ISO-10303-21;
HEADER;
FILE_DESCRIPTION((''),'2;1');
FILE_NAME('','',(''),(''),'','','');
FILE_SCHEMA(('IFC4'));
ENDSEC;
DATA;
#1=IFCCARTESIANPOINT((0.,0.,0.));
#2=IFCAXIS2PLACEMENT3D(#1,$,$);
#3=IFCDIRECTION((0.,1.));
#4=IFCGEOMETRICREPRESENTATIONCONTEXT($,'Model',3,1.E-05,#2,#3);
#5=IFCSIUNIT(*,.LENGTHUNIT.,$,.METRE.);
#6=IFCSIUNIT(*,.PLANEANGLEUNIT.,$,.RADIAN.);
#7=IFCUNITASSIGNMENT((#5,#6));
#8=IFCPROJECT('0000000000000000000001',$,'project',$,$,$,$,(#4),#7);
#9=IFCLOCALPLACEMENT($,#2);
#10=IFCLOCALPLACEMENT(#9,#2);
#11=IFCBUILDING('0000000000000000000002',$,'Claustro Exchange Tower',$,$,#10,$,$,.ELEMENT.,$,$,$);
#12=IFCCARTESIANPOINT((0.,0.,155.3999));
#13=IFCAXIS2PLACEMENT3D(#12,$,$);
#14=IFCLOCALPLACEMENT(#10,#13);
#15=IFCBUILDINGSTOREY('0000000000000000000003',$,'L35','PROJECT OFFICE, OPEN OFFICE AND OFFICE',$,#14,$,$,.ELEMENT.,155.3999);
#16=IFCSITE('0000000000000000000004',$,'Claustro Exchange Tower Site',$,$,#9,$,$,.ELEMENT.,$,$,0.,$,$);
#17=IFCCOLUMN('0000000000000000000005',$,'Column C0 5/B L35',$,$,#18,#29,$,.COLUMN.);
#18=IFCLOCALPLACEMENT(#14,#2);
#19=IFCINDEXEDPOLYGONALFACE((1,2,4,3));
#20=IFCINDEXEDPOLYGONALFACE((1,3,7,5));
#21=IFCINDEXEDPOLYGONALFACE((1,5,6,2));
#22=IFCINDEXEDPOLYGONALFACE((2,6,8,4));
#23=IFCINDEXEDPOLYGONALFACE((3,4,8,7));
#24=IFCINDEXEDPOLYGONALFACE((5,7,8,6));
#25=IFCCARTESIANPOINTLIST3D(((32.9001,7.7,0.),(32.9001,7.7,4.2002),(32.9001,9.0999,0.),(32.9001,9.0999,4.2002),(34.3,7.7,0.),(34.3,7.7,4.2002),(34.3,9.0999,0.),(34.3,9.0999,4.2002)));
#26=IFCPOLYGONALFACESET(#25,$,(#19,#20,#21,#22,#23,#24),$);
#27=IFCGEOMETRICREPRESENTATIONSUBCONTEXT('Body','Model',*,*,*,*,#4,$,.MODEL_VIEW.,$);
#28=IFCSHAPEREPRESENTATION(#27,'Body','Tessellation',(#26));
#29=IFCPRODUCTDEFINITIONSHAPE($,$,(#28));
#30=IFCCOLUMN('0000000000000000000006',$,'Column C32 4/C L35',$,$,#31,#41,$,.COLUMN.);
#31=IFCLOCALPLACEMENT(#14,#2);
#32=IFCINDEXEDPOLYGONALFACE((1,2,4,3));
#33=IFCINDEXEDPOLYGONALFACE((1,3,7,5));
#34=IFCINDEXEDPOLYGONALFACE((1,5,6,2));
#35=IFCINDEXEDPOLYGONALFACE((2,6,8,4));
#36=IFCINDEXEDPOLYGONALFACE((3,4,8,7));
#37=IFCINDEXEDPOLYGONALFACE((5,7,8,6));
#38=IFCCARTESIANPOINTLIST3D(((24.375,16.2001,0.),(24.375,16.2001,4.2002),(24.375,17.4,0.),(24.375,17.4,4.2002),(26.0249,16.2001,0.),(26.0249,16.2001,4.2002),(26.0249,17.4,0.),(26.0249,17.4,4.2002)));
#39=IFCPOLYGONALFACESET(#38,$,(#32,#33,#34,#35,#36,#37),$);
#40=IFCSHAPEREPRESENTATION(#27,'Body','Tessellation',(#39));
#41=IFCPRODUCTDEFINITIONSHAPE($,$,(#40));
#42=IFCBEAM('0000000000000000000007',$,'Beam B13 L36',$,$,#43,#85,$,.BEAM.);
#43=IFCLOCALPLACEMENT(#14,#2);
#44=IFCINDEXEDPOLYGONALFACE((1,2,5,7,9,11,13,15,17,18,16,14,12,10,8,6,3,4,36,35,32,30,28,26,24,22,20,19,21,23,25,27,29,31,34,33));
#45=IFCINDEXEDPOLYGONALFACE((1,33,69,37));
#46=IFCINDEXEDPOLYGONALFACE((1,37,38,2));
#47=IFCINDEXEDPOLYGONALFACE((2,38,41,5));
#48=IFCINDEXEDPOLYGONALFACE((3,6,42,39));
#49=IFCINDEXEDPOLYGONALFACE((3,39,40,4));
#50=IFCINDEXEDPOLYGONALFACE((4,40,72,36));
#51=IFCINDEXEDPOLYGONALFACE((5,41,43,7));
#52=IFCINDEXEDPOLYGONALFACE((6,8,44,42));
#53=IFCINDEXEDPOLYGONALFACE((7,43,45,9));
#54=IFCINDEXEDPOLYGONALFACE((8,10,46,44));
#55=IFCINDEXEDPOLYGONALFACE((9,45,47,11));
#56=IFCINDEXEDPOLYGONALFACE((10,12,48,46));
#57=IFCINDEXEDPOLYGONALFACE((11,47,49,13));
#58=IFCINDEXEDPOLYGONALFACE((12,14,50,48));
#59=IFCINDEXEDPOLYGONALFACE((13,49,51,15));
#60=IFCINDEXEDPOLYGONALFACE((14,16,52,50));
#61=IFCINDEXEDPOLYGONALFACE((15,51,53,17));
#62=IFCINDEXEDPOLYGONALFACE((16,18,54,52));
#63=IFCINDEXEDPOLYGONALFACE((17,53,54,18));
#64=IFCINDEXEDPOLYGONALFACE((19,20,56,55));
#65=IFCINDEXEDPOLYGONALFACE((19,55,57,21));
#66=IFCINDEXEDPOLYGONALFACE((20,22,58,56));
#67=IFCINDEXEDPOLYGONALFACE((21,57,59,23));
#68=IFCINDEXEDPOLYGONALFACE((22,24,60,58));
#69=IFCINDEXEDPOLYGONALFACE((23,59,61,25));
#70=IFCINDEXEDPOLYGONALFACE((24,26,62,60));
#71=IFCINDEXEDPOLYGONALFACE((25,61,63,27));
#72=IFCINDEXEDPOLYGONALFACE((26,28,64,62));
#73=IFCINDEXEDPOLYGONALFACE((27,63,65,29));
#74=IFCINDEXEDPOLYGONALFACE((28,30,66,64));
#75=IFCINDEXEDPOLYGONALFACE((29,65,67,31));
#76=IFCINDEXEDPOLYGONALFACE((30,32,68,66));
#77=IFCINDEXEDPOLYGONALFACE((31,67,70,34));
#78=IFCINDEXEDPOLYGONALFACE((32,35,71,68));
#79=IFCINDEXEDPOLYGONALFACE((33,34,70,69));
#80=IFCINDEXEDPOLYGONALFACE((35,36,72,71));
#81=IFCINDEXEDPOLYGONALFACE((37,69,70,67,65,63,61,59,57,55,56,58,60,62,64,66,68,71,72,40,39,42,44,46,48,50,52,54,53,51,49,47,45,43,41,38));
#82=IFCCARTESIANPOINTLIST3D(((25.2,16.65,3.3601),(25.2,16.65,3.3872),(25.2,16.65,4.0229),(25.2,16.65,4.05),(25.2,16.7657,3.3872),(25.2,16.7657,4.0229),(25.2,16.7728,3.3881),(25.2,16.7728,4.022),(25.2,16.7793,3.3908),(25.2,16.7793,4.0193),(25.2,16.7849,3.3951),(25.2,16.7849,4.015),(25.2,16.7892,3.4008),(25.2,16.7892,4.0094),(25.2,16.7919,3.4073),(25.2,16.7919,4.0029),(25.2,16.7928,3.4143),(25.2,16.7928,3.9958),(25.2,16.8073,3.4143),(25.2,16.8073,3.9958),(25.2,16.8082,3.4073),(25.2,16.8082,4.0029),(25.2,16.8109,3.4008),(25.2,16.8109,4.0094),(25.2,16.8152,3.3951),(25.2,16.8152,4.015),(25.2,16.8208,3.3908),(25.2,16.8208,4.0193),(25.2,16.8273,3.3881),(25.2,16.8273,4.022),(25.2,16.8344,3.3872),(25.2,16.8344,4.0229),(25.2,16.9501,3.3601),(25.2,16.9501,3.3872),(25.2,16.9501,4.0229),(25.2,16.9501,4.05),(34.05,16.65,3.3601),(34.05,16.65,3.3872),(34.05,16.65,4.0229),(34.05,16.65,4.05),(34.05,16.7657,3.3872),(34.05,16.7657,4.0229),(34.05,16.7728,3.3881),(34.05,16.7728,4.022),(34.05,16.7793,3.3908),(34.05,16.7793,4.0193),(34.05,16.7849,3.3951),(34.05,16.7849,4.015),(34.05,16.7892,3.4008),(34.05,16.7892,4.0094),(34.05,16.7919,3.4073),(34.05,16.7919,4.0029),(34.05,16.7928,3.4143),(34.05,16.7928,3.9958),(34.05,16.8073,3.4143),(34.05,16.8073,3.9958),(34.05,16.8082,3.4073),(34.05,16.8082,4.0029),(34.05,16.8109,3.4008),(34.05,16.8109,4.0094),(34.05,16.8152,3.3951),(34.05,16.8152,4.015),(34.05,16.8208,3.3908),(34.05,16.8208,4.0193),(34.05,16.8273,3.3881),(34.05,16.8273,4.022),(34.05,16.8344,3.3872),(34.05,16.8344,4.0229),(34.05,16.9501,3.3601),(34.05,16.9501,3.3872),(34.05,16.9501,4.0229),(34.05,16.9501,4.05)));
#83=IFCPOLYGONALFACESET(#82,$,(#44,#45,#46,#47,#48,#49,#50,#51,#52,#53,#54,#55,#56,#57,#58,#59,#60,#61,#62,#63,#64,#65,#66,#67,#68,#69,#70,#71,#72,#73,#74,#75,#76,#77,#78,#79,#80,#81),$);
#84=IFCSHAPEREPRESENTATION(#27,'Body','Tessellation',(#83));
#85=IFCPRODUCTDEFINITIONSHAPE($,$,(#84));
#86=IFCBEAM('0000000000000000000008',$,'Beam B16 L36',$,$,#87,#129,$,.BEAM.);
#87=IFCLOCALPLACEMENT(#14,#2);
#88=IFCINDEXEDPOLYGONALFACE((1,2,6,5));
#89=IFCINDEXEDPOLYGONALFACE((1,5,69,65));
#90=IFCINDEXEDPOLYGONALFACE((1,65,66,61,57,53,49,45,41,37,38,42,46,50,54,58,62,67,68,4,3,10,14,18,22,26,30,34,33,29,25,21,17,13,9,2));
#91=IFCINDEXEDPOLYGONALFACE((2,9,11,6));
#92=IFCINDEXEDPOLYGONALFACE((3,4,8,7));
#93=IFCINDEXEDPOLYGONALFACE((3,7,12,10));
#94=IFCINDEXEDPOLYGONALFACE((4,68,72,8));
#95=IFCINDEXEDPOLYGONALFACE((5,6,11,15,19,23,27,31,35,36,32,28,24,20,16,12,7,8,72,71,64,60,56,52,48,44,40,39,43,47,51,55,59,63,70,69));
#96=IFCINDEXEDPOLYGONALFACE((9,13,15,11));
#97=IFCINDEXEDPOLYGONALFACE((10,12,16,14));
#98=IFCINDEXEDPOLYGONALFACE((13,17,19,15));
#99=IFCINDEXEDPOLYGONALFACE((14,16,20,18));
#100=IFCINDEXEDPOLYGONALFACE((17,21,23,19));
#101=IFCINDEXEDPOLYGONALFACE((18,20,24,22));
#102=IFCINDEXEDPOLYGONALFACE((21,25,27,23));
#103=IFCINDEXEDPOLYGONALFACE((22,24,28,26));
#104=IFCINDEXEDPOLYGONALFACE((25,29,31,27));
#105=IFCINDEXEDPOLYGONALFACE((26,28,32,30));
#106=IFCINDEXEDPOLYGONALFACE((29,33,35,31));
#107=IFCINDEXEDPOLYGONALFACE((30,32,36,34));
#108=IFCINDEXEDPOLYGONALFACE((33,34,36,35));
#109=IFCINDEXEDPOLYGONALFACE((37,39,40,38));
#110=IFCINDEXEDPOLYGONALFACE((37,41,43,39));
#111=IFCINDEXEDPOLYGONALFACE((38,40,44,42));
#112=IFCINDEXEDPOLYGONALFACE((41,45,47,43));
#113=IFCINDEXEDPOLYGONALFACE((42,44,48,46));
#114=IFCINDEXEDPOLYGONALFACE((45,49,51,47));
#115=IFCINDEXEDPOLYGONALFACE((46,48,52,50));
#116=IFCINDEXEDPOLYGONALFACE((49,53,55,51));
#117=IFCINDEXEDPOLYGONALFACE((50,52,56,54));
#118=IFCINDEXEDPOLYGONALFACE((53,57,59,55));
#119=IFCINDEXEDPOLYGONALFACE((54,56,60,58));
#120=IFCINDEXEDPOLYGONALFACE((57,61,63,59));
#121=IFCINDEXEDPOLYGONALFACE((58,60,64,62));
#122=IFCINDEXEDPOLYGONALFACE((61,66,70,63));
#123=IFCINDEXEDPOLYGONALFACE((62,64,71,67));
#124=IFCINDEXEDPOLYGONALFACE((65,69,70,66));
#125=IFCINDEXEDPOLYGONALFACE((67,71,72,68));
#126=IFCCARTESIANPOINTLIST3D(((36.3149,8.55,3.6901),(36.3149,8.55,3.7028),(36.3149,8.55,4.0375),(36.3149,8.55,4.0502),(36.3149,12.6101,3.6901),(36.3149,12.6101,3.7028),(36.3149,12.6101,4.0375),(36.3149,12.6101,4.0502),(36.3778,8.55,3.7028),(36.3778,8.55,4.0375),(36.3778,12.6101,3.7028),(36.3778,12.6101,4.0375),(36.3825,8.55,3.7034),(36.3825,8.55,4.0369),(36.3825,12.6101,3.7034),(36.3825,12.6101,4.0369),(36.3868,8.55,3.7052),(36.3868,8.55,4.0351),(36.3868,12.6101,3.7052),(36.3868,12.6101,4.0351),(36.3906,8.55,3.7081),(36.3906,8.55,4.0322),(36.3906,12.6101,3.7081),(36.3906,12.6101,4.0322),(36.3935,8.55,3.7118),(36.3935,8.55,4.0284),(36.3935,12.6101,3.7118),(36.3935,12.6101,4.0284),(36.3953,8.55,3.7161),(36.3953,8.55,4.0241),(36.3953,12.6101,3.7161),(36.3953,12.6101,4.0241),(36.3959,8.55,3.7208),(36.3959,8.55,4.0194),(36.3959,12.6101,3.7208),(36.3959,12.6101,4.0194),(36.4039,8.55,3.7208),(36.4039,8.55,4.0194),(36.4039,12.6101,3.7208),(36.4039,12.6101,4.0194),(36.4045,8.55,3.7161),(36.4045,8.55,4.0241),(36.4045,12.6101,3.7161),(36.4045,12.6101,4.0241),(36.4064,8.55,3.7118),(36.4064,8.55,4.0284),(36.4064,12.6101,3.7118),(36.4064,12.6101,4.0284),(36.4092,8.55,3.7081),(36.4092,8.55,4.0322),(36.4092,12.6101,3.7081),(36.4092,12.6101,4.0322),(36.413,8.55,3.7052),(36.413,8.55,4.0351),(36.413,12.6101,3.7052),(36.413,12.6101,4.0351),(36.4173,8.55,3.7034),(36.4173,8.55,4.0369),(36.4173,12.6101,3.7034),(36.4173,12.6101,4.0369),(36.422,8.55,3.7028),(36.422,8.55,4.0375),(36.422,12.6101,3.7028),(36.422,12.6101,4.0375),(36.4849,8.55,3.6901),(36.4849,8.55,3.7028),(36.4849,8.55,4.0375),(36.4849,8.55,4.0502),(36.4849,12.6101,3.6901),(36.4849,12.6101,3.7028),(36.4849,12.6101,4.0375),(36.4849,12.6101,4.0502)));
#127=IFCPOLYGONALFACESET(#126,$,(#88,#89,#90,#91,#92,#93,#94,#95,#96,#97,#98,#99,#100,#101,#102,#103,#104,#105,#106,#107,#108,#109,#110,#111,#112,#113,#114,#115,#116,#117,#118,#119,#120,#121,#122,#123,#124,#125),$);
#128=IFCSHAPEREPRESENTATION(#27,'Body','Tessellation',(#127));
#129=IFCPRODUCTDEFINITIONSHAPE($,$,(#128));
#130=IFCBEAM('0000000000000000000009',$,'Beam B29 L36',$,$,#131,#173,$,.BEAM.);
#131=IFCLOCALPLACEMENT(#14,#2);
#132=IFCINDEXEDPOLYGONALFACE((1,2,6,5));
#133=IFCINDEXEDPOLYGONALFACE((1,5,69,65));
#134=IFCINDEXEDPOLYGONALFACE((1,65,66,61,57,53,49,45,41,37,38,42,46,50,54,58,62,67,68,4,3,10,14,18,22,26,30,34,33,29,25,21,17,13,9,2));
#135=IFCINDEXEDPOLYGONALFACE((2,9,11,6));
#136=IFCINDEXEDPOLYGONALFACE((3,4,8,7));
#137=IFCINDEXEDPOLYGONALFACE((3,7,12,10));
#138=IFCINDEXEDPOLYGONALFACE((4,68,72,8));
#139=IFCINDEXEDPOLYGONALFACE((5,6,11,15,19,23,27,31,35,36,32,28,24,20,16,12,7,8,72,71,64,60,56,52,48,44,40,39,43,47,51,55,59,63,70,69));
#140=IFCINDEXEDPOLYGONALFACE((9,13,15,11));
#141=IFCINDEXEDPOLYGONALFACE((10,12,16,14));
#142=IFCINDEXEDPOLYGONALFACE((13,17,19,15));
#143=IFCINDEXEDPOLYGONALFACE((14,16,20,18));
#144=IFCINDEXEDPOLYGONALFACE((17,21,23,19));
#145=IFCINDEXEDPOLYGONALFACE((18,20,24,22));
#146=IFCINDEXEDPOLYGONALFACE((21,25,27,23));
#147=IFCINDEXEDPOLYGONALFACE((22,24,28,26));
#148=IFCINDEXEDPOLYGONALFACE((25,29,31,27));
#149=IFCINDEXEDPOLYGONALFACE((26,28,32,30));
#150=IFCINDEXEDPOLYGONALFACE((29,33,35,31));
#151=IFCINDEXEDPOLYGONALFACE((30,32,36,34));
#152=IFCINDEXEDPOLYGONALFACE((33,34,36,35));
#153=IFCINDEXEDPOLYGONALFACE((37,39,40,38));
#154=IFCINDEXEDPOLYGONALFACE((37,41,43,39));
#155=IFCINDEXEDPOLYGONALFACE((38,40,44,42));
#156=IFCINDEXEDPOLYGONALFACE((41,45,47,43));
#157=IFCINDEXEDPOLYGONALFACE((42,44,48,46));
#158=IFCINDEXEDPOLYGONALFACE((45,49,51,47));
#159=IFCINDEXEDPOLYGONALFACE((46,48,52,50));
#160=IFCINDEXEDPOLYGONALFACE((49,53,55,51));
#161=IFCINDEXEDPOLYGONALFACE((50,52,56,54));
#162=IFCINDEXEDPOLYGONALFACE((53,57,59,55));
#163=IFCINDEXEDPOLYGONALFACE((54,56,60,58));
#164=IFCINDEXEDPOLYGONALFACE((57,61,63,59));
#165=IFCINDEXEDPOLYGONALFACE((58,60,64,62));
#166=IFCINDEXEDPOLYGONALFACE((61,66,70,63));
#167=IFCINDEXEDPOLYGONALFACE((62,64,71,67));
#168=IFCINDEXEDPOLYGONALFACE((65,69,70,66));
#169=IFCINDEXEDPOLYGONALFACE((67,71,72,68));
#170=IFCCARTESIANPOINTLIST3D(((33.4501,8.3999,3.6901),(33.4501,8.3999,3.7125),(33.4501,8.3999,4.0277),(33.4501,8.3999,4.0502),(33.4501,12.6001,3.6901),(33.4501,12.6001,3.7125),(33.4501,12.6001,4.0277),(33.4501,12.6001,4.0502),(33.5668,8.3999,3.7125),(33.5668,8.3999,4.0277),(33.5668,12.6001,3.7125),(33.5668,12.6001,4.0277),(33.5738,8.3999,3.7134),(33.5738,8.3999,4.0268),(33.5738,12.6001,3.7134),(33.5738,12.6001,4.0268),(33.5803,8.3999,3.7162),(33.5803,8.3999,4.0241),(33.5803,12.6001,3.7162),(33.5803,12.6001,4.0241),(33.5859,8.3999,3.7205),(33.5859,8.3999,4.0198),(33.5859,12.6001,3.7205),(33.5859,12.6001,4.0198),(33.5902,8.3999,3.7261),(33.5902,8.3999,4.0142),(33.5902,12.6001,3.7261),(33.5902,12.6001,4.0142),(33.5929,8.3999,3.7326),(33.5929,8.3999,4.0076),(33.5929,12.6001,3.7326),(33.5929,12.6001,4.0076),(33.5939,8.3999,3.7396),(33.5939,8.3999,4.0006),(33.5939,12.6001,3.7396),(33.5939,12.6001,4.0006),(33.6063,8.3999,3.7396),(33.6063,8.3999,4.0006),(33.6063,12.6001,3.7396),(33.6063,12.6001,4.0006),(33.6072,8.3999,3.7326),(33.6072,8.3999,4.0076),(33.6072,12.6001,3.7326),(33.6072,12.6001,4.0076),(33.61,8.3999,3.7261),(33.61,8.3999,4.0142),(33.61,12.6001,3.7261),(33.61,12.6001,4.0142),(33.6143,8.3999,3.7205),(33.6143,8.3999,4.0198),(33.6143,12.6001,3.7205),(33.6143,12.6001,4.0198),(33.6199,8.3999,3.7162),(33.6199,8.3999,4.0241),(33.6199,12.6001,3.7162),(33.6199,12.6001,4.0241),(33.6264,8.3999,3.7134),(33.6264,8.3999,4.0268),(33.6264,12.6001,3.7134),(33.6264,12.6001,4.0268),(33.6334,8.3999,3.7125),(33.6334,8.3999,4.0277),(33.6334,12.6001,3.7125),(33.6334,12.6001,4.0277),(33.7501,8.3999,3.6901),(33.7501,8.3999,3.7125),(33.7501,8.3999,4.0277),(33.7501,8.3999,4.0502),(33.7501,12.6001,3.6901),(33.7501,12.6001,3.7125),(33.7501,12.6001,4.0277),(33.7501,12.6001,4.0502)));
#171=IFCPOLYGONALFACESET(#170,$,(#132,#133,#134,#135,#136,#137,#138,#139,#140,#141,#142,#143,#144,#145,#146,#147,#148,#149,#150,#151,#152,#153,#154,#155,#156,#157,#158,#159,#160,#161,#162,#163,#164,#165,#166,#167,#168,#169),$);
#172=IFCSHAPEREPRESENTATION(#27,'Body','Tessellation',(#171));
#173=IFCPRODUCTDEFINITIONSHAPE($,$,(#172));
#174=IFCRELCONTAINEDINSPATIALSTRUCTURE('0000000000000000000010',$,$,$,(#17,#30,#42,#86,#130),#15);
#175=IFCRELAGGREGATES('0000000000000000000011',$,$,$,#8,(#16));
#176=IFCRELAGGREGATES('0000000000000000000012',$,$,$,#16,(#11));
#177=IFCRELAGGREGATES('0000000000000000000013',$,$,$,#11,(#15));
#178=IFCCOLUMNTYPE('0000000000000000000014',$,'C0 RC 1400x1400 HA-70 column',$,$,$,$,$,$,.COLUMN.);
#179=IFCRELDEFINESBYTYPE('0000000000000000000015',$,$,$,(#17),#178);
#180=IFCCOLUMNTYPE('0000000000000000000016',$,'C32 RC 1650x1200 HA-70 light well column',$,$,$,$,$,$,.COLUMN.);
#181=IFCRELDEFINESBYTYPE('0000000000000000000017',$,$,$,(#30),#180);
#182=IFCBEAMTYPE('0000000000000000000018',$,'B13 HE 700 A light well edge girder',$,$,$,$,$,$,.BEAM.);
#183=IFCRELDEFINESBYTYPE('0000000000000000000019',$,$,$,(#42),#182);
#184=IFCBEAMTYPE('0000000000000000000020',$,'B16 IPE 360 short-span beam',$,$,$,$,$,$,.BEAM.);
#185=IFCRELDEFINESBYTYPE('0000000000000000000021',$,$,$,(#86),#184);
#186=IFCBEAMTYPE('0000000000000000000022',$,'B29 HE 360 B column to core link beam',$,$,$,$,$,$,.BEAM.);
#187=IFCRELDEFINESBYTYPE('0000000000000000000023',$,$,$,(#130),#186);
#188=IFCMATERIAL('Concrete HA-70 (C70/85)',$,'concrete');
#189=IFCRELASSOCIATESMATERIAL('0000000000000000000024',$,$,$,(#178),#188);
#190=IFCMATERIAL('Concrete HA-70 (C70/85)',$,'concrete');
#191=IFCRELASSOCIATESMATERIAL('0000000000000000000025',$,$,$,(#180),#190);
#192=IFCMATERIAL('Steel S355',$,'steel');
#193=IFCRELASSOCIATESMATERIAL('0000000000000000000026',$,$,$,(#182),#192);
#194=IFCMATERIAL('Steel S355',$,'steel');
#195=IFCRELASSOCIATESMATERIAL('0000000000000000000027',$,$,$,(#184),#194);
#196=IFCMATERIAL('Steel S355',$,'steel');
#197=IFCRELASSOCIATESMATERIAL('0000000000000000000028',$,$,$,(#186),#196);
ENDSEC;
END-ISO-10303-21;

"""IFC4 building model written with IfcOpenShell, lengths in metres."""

from ifc_helpers import new_model, si_unit, direction, frame, origin, origin_2d, place, context, subcontext, project, spatial, rectangle, i_section, extrude, material, material_profile, profile_set, type_object, element, save


model = new_model("IFC4")

# Units and contexts
model_context = context("Model", 3, precision=1e-05, world=origin(), true_north=direction((0.0, 1.0)))
body_context = subcontext(model_context, "Body", "Model", "MODEL_VIEW")
ifc_project = project(units=[si_unit("LENGTHUNIT", "METRE"), si_unit("PLANEANGLEUNIT", "RADIAN")], contexts=[model_context])

# Site, building, storey
site_placement = place(None, origin())
site = spatial("IfcSite", under=ifc_project, at=site_placement, Name="Claustro Exchange Tower Site", CompositionType="ELEMENT", RefElevation=0.0)
building_placement = place(site_placement, origin())
building = spatial("IfcBuilding", under=site, at=building_placement, Name="Claustro Exchange Tower", CompositionType="ELEMENT")
storey_placement = place(building_placement, frame((0.0, 0.0, 155.3999)))
storey = spatial("IfcBuildingStorey", under=building, at=storey_placement, Name="L35", Description="PROJECT OFFICE, OPEN OFFICE AND OFFICE", CompositionType="ELEMENT", Elevation=155.3999)

# Columns
ifc_material_1 = material(Name="Concrete HA-70 (C70/85)", Category="concrete")
ifc_material_profile_1 = material_profile(ifc_material_1, rectangle(XDim=1.3999, YDim=1.3999, at=origin_2d()), Name="RC 1400x1400")
ifc_profile_set_1 = profile_set([ifc_material_profile_1], Name="Concrete HA-70 (C70/85)")
column_type_1 = type_object("IfcColumnType", Name="C0 RC 1400x1400 HA-70 column", PredefinedType="COLUMN", material=ifc_profile_set_1)
column_1_placement = place(storey_placement, frame((33.6001, 8.3999, 0.0), z_axis=(0.0, 0.0, 1.0), x_axis=(1.0, 0.0, 0.0)))
element("IfcColumn", 1, at=column_1_placement, inside=storey, type_object=column_type_1, Name="Column C0 5/B L35", PredefinedType="COLUMN", context=body_context, shape_type="SweptSolid", body=[
    extrude(rectangle(XDim=1.3999, YDim=1.3999, at=origin_2d()), origin(), (0.0, 0.0, 1.0), 4.2002),
])
ifc_material_2 = material(Name="Concrete HA-70 (C70/85)", Category="concrete")
ifc_material_profile_2 = material_profile(ifc_material_2, rectangle(XDim=1.6499, YDim=1.2, at=origin_2d()), Name="RC 1650x1200")
ifc_profile_set_2 = profile_set([ifc_material_profile_2], Name="Concrete HA-70 (C70/85)")
column_type_2 = type_object("IfcColumnType", Name="C32 RC 1650x1200 HA-70 light well column", PredefinedType="COLUMN", material=ifc_profile_set_2)
column_2_placement = place(storey_placement, frame((25.2, 16.8, 0.0), z_axis=(0.0, 0.0, 1.0), x_axis=(1.0, 0.0, 0.0)))
element("IfcColumn", 2, at=column_2_placement, inside=storey, type_object=column_type_2, Name="Column C32 4/C L35", PredefinedType="COLUMN", context=body_context, shape_type="SweptSolid", body=[
    extrude(rectangle(XDim=1.6499, YDim=1.2, at=origin_2d()), origin(), (0.0, 0.0, 1.0), 4.2002),
])

# Beams
ifc_material_3 = material(Name="Steel S355", Category="steel")
ifc_material_profile_3 = material_profile(ifc_material_3, i_section(OverallWidth=0.3, OverallDepth=0.6899, WebThickness=0.0144, FlangeThickness=0.0271, FilletRadius=0.0271, at=origin_2d()), Name="HE 700 A")
ifc_profile_set_3 = profile_set([ifc_material_profile_3], Name="Steel S355")
beam_type_1 = type_object("IfcBeamType", Name="B13 HE 700 A light well edge girder", PredefinedType="BEAM", material=ifc_profile_set_3)
beam_1_placement = place(storey_placement, frame((25.2, 16.8, 3.7051), z_axis=(1.0, 0.0, 0.0), x_axis=(0.0, 1.0, 0.0)))
element("IfcBeam", 3, at=beam_1_placement, inside=storey, type_object=beam_type_1, Name="Beam B13 L36", PredefinedType="BEAM", context=body_context, shape_type="SweptSolid", body=[
    extrude(i_section(OverallWidth=0.3, OverallDepth=0.6899, WebThickness=0.0144, FlangeThickness=0.0271, FilletRadius=0.0271, at=origin_2d()), origin(), (0.0, 0.0, 1.0), 8.8501),
])
ifc_material_4 = material(Name="Steel S355", Category="steel")
ifc_material_profile_4 = material_profile(ifc_material_4, i_section(OverallWidth=0.1699, OverallDepth=0.3601, WebThickness=0.0081, FlangeThickness=0.0127, FilletRadius=0.0181, at=origin_2d()), Name="IPE 360")
ifc_profile_set_4 = profile_set([ifc_material_profile_4], Name="Steel S355")
beam_type_2 = type_object("IfcBeamType", Name="B16 IPE 360 short-span beam", PredefinedType="BEAM", material=ifc_profile_set_4)
beam_2_placement = place(storey_placement, frame((36.3999, 8.55, 3.8701), z_axis=(0.0, 1.0, 0.0), x_axis=(-1.0, 0.0, 0.0)))
element("IfcBeam", 4, at=beam_2_placement, inside=storey, type_object=beam_type_2, Name="Beam B16 L36", PredefinedType="BEAM", context=body_context, shape_type="SweptSolid", body=[
    extrude(i_section(OverallWidth=0.1699, OverallDepth=0.3601, WebThickness=0.0081, FlangeThickness=0.0127, FilletRadius=0.0181, at=origin_2d()), origin(), (0.0, 0.0, 1.0), 4.0601),
])
ifc_material_5 = material(Name="Steel S355", Category="steel")
ifc_material_profile_5 = material_profile(ifc_material_5, i_section(OverallWidth=0.3, OverallDepth=0.3601, WebThickness=0.0125, FlangeThickness=0.0225, FilletRadius=0.0271, at=origin_2d()), Name="HE 360 B")
ifc_profile_set_5 = profile_set([ifc_material_profile_5], Name="Steel S355")
beam_type_3 = type_object("IfcBeamType", Name="B29 HE 360 B column to core link beam", PredefinedType="BEAM", material=ifc_profile_set_5)
beam_3_placement = place(storey_placement, frame((33.6001, 8.3999, 3.8701), z_axis=(0.0, 1.0, 0.0), x_axis=(-1.0, 0.0, 0.0)))
element("IfcBeam", 5, at=beam_3_placement, inside=storey, type_object=beam_type_3, Name="Beam B29 L36", PredefinedType="BEAM", context=body_context, shape_type="SweptSolid", body=[
    extrude(i_section(OverallWidth=0.3, OverallDepth=0.3601, WebThickness=0.0125, FlangeThickness=0.0225, FilletRadius=0.0271, at=origin_2d()), origin(), (0.0, 0.0, 1.0), 4.2002),
])

save(model, "model.ifc")
